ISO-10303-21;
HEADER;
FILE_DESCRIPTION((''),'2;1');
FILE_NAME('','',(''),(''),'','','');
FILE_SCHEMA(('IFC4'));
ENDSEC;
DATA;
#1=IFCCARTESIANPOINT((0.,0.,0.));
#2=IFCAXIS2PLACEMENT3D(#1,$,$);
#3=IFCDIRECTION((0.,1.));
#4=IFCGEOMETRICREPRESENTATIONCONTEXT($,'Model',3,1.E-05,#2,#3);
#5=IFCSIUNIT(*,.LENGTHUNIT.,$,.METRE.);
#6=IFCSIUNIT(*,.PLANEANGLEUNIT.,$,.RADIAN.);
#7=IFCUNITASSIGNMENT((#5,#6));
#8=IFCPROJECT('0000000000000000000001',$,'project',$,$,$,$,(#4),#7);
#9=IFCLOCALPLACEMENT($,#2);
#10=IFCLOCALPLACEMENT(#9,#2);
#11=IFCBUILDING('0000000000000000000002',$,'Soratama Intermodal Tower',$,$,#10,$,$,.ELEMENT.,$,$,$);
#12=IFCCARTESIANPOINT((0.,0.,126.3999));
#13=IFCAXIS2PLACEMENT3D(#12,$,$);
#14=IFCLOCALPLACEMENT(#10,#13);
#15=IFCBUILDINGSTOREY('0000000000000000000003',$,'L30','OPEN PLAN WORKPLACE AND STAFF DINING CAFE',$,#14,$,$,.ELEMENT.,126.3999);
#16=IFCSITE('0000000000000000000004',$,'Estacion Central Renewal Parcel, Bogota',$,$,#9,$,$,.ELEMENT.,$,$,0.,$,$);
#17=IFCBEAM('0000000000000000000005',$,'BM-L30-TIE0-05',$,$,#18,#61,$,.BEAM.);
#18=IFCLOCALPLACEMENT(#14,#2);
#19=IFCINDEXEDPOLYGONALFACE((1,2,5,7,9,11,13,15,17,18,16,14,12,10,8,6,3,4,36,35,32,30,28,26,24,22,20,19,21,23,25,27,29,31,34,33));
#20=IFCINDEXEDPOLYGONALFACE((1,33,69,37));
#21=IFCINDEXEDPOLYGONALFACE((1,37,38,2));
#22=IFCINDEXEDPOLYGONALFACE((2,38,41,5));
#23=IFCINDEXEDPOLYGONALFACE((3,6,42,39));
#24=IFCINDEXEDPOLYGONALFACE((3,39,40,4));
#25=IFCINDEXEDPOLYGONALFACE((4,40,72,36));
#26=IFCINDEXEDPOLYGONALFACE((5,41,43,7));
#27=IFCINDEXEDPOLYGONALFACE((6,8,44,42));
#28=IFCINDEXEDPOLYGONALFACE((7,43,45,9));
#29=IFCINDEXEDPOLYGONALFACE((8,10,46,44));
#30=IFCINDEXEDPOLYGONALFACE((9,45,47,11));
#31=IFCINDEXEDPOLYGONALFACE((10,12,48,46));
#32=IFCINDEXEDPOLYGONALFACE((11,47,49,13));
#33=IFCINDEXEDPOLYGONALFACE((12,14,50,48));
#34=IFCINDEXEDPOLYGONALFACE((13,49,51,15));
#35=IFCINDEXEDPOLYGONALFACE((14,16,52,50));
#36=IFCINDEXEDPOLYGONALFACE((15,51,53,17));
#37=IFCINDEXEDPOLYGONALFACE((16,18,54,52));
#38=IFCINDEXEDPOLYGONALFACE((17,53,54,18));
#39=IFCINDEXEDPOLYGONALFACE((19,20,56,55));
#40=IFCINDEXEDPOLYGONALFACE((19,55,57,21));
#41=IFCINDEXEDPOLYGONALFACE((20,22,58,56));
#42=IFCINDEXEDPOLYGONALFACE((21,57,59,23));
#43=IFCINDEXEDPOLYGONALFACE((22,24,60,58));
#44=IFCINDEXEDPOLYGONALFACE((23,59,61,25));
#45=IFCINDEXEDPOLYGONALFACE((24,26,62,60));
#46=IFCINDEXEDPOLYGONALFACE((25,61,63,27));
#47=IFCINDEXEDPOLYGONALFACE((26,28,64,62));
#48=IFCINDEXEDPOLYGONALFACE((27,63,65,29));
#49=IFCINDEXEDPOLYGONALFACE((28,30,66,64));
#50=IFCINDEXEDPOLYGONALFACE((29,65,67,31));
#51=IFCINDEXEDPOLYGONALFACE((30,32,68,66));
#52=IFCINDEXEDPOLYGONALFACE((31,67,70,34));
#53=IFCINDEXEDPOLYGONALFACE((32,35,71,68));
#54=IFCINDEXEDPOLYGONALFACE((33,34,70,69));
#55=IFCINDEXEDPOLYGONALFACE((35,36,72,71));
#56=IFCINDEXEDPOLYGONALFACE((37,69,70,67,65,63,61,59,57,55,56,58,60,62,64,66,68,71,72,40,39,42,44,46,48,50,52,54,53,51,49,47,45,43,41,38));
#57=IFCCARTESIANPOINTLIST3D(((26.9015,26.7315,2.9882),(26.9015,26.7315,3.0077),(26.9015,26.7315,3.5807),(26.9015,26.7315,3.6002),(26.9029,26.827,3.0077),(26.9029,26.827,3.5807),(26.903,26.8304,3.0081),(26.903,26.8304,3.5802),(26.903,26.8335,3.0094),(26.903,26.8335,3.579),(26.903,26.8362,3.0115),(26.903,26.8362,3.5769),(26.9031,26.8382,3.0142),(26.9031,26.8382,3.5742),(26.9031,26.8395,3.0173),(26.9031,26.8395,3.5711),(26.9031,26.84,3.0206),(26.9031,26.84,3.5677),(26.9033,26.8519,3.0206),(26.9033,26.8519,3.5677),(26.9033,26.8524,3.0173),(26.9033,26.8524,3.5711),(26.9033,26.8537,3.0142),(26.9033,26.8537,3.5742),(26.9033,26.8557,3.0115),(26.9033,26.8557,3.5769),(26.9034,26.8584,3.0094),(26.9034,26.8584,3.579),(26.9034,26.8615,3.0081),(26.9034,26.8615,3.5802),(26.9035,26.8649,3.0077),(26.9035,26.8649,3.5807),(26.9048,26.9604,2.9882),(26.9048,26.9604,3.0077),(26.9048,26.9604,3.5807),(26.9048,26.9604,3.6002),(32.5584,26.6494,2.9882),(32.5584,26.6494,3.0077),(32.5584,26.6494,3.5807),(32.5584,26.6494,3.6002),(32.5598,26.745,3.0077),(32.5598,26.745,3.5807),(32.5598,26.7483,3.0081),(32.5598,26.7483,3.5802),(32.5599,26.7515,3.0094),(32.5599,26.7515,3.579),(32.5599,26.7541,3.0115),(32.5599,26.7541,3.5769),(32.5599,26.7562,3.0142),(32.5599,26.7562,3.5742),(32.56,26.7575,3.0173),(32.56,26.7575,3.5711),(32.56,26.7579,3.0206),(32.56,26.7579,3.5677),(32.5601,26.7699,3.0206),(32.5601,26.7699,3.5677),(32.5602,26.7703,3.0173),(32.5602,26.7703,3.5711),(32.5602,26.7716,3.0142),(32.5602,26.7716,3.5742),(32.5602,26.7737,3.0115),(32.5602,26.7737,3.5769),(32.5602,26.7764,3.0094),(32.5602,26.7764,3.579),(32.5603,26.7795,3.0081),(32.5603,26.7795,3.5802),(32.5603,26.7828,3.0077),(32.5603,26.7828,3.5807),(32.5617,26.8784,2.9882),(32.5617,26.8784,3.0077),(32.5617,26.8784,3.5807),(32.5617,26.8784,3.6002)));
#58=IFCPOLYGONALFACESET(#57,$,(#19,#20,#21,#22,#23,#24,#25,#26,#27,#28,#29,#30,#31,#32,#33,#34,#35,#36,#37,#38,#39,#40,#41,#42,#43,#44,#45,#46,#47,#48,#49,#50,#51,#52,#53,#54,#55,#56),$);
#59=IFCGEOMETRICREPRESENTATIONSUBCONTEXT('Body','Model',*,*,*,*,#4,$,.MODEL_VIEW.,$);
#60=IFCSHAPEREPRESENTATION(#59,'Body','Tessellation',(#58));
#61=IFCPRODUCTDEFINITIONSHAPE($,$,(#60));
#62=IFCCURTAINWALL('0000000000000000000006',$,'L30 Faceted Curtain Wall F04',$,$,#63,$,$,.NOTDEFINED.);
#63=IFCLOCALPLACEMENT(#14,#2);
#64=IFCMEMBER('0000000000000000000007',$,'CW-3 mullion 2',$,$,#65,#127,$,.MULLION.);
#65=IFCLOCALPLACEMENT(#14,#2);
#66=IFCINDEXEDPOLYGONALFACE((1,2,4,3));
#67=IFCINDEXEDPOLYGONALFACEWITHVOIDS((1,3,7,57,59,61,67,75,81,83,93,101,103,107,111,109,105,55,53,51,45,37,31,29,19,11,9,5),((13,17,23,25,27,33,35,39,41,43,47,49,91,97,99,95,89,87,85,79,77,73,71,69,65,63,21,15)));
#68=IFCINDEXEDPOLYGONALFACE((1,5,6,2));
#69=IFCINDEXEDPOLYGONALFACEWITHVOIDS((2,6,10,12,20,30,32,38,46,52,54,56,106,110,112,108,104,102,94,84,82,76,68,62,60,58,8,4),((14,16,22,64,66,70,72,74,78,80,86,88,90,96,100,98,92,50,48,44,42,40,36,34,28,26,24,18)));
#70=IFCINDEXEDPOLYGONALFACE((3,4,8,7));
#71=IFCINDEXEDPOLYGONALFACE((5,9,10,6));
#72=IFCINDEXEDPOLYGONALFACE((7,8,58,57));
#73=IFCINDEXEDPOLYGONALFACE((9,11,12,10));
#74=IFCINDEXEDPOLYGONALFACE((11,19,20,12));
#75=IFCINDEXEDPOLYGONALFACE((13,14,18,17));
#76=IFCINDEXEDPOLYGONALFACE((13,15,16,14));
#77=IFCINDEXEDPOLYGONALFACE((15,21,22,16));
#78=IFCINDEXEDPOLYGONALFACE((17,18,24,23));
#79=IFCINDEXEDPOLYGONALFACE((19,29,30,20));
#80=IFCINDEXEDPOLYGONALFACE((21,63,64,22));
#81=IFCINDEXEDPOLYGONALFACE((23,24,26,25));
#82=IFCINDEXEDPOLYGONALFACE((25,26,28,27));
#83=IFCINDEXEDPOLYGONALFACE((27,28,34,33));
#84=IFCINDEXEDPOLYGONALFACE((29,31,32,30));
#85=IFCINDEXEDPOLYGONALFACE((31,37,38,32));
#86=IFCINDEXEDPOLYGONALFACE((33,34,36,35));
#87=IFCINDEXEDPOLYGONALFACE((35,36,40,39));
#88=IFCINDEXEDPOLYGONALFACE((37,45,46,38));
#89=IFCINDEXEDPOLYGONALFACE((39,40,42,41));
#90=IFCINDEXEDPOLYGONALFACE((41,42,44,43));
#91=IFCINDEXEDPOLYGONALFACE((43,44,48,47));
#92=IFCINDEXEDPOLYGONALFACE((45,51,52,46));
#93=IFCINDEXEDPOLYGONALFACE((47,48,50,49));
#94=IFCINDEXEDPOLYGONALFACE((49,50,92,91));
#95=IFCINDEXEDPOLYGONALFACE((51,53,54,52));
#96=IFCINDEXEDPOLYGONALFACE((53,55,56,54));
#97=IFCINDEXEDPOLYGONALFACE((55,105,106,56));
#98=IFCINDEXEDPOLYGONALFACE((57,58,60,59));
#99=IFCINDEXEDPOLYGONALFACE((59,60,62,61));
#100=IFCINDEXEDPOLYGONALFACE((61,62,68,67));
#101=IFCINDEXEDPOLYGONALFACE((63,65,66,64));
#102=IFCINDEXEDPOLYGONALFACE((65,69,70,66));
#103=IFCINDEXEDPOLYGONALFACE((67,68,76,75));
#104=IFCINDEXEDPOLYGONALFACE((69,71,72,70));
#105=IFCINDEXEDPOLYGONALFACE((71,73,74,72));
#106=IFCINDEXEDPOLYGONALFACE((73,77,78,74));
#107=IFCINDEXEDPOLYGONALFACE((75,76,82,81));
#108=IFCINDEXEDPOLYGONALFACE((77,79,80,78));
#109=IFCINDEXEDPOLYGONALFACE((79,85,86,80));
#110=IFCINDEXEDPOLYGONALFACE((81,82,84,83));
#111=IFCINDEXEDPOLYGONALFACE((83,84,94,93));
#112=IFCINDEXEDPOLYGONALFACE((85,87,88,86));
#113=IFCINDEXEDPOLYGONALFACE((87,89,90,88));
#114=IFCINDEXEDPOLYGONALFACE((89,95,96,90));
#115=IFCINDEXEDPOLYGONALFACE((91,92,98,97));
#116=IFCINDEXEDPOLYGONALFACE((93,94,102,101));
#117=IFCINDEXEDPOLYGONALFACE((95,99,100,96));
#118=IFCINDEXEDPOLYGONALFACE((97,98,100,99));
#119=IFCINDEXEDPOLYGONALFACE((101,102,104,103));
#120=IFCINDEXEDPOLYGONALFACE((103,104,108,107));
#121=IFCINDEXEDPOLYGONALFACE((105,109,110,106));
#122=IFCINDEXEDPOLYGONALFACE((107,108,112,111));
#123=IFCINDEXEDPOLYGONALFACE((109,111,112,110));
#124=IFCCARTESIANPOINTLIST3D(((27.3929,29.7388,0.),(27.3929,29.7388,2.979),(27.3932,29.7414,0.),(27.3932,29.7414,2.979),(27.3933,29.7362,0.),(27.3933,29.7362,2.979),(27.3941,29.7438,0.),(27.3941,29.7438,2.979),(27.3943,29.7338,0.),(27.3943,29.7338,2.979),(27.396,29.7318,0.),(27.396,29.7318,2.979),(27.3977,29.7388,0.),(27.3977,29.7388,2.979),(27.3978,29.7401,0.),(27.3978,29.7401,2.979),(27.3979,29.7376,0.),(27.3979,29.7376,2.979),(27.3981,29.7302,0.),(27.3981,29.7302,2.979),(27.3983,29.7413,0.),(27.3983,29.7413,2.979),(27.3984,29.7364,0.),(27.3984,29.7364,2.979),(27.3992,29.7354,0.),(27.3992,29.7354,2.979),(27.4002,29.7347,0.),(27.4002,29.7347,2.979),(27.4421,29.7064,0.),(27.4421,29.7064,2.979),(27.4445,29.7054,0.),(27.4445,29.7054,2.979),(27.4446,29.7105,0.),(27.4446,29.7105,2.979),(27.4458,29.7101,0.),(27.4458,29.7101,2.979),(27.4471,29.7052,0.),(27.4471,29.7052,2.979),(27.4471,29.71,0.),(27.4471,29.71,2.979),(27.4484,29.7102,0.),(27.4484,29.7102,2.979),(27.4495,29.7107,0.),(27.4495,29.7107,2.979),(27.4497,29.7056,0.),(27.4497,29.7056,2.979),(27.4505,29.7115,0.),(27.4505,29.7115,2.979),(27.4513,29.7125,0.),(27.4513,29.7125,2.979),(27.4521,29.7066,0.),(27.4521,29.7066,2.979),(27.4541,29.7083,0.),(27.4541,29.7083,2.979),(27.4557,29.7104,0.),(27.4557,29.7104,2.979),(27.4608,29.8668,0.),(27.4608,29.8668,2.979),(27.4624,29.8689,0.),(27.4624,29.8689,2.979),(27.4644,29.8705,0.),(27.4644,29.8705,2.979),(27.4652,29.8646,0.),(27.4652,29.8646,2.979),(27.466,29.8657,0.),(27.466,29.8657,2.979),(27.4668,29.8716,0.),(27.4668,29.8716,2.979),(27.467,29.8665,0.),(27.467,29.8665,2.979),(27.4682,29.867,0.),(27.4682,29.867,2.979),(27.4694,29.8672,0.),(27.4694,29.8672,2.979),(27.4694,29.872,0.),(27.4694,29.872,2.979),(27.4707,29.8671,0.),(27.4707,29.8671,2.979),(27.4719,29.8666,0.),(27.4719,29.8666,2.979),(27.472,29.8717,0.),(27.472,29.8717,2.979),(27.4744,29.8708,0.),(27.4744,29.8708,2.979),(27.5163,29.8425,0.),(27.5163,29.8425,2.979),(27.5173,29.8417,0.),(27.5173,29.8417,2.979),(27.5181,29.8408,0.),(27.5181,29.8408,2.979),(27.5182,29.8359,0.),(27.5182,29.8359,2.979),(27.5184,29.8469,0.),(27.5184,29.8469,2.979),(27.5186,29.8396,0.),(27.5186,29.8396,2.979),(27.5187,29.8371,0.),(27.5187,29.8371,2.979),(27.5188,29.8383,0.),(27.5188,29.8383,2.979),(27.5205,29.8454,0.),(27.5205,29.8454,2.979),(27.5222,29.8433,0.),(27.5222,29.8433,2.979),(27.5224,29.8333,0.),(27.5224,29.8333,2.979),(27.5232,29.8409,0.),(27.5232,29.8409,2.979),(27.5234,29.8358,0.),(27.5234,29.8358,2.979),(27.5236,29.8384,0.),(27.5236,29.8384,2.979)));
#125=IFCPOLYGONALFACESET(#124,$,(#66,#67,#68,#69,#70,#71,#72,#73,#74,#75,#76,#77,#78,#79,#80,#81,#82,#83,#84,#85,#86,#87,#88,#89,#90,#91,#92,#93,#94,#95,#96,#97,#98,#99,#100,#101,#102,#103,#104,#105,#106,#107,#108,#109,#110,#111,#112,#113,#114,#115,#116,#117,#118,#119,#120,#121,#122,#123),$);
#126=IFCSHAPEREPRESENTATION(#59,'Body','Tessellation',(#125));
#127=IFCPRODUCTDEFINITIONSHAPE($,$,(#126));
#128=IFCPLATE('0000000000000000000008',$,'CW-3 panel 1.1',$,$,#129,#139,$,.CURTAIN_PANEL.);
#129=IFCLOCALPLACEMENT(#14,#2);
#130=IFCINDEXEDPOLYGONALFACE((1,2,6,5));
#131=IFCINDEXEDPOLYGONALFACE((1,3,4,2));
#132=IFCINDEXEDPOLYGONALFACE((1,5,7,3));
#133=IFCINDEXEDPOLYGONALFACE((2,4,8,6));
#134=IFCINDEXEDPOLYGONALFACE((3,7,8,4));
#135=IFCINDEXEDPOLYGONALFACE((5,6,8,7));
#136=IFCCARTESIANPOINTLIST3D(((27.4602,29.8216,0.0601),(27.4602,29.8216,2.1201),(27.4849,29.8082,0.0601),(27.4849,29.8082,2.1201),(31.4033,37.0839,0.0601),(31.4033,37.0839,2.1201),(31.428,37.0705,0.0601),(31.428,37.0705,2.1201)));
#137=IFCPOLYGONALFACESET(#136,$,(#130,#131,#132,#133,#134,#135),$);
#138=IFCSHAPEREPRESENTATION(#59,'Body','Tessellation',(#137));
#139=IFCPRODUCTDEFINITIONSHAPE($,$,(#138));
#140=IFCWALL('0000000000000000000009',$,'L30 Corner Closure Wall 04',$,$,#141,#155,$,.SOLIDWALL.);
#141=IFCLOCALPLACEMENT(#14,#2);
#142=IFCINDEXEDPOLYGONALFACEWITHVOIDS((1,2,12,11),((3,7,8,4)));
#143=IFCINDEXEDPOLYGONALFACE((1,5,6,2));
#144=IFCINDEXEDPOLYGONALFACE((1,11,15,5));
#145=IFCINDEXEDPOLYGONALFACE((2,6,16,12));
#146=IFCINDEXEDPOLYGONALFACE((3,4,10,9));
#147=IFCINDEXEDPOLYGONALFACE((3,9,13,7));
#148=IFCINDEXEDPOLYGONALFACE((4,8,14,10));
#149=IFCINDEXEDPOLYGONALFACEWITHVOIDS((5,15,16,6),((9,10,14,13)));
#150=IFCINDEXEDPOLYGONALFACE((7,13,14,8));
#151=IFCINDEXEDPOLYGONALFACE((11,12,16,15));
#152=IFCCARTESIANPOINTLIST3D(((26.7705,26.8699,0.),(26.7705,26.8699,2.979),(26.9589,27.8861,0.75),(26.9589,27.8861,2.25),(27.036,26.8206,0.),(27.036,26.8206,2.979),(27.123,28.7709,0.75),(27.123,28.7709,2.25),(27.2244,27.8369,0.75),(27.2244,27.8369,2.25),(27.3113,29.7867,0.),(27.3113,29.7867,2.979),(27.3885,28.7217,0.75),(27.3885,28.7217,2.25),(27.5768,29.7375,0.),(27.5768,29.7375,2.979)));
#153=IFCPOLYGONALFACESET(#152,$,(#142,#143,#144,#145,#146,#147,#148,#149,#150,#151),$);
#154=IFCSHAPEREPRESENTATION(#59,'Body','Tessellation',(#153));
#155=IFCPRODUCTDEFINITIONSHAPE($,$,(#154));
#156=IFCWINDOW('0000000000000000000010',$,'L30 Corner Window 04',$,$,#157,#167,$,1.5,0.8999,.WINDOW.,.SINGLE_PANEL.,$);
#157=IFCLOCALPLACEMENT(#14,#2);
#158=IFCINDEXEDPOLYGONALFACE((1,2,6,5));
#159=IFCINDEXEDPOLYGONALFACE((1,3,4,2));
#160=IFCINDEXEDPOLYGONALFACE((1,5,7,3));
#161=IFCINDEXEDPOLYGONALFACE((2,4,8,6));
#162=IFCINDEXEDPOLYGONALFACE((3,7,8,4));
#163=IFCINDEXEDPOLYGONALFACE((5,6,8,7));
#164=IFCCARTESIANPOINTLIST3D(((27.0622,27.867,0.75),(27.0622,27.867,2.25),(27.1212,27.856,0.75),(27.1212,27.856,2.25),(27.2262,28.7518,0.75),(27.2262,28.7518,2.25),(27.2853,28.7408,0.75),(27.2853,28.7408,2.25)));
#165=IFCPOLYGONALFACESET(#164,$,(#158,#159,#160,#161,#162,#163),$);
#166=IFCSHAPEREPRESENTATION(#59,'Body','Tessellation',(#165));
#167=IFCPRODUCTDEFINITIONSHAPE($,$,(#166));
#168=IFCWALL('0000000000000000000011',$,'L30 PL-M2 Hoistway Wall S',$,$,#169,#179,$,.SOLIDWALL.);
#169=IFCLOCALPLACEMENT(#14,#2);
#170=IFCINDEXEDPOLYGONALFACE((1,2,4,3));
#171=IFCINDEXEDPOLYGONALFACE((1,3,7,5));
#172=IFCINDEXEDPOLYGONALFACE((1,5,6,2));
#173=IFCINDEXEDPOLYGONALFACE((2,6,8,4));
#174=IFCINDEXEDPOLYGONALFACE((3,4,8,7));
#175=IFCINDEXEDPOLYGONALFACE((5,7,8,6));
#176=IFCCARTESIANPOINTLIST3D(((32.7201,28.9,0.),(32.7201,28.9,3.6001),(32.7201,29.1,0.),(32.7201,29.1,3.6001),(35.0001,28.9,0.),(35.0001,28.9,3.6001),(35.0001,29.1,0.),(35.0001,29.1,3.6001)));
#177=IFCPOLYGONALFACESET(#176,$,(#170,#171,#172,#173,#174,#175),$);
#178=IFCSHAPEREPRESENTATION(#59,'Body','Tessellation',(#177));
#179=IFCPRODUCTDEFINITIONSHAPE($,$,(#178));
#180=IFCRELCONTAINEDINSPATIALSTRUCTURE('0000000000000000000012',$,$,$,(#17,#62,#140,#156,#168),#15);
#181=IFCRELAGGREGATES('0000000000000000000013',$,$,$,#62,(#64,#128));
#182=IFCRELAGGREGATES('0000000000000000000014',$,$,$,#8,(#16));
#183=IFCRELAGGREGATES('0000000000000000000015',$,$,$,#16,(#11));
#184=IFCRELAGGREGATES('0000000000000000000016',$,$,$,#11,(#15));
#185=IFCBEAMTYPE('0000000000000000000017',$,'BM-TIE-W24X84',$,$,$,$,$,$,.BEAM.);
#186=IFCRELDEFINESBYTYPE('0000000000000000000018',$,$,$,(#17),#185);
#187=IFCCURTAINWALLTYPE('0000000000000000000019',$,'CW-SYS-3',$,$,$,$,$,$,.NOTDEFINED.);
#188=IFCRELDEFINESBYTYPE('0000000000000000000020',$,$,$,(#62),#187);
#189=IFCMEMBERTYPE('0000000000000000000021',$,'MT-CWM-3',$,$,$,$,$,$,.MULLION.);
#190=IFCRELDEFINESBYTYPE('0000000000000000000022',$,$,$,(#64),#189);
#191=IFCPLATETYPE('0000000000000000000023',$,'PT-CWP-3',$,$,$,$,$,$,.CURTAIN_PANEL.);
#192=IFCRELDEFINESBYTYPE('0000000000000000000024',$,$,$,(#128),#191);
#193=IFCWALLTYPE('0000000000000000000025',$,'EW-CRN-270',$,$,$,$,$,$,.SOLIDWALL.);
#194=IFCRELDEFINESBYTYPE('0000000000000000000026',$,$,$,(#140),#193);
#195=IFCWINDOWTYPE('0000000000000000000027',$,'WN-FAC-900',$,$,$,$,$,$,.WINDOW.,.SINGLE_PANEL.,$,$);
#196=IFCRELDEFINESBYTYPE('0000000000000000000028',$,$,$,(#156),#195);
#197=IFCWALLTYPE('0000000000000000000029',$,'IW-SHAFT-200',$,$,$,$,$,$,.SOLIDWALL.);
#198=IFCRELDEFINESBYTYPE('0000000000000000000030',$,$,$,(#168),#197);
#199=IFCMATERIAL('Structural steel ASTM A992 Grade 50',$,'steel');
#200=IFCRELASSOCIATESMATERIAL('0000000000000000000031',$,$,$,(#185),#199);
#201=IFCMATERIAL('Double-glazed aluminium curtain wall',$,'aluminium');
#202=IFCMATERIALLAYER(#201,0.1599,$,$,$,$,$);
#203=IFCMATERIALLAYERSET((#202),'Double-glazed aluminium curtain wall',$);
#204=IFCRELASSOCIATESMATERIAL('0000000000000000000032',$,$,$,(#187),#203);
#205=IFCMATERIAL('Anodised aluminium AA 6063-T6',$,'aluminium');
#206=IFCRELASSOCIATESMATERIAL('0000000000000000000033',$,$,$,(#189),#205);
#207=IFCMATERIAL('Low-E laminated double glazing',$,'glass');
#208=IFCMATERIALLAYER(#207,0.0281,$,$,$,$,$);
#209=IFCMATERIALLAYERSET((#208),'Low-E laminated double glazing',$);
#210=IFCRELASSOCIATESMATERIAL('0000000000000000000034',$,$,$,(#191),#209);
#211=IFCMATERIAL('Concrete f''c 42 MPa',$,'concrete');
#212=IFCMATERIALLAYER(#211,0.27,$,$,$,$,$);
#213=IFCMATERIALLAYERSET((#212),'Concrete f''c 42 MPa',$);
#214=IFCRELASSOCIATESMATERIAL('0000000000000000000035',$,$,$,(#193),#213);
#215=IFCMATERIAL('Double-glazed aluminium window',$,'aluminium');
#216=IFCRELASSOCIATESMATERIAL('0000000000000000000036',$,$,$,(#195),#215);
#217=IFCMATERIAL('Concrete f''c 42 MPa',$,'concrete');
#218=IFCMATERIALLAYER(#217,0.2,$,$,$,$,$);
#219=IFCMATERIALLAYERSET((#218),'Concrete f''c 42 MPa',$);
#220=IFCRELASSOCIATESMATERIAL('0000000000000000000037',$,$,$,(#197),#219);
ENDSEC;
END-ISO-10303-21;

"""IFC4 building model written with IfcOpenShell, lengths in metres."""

from ifc_helpers import new_model, si_unit, direction, frame, frame_2d, origin, origin_2d, place, context, subcontext, project, spatial, rectangle, hollow_rectangle, i_section, extrude, material, layer, layer_set, material_profile, profile_set, type_object, element, fill, aggregate, save


model = new_model("IFC4")

# Units and contexts
model_context = context("Model", 3, precision=1e-05, world=origin(), true_north=direction((0.0, 1.0)))
body_context = subcontext(model_context, "Body", "Model", "MODEL_VIEW")
ifc_project = project(units=[si_unit("LENGTHUNIT", "METRE"), si_unit("PLANEANGLEUNIT", "RADIAN")], contexts=[model_context])

# Site, building, storey
site_placement = place(None, origin())
site = spatial("IfcSite", under=ifc_project, at=site_placement, Name="Estacion Central Renewal Parcel, Bogota", CompositionType="ELEMENT", RefElevation=0.0)
building_placement = place(site_placement, origin())
building = spatial("IfcBuilding", under=site, at=building_placement, Name="Soratama Intermodal Tower", CompositionType="ELEMENT")
storey_placement = place(building_placement, frame((0.0, 0.0, 126.3999)))
storey = spatial("IfcBuildingStorey", under=building, at=storey_placement, Name="L30", Description="OPEN PLAN WORKPLACE AND STAFF DINING CAFE", CompositionType="ELEMENT", Elevation=126.3999)

# Beam
ifc_material_1 = material(Name="Structural steel ASTM A992 Grade 50", Category="steel")
ifc_material_profile_1 = material_profile(ifc_material_1, i_section(OverallWidth=0.229, OverallDepth=0.6121, WebThickness=0.012, FlangeThickness=0.0195, FilletRadius=0.0129, at=origin_2d()), Name="W24X84")
ifc_profile_set_1 = profile_set([ifc_material_profile_1], Name="Structural steel ASTM A992 Grade 50")
beam_type_1 = type_object("IfcBeamType", Name="BM-TIE-W24X84", PredefinedType="BEAM", material=ifc_profile_set_1)
beam_1_placement = place(storey_placement, frame((32.5601, 26.7639, 3.2942), z_axis=(-0.999895, 0.014499, 0.0), x_axis=(-0.014499, -0.999895, 0.0)))
element("IfcBeam", 1, at=beam_1_placement, inside=storey, type_object=beam_type_1, Name="BM-L30-TIE0-05", PredefinedType="BEAM", context=body_context, shape_type="SweptSolid", body=[
    extrude(i_section(OverallWidth=0.229, OverallDepth=0.6121, WebThickness=0.012, FlangeThickness=0.0195, FilletRadius=0.0129, at=origin_2d()), origin(), (0.0, 0.0, 1.0), 5.6575),
])

# Curtain wall, member, plate
ifc_material_2 = material(Name="Double-glazed aluminium curtain wall", Category="aluminium")
ifc_layer_1 = layer(ifc_material_2, 0.1599)
ifc_layer_set_1 = layer_set([ifc_layer_1], Name="Double-glazed aluminium curtain wall")
curtain_wall_type = type_object("IfcCurtainWallType", Name="CW-SYS-3", PredefinedType="NOTDEFINED", material=ifc_layer_set_1)
curtain_wall_placement = place(storey_placement, origin())
curtain_wall = element("IfcCurtainWall", 2, at=curtain_wall_placement, inside=storey, type_object=curtain_wall_type, Name="L30 Faceted Curtain Wall F04", PredefinedType="NOTDEFINED")
ifc_material_3 = material(Name="Anodised aluminium AA 6063-T6", Category="aluminium")
ifc_material_profile_2 = material_profile(ifc_material_3, hollow_rectangle(XDim=0.0701, YDim=0.1599, WallThickness=0.0049, InnerFilletRadius=0.0049, OuterFilletRadius=0.01, at=origin_2d()), Name="CWM160X70X5")
ifc_profile_set_2 = profile_set([ifc_material_profile_2], Name="Anodised aluminium AA 6063-T6")
member_type = type_object("IfcMemberType", Name="MT-CWM-3", PredefinedType="MULLION", material=ifc_profile_set_2)
member_placement = place(storey_placement, frame((27.4583, 29.7886, 0.0), z_axis=(0.0, 0.0, 1.0), x_axis=(0.878816, -0.477161, 0.0)))
member = element("IfcMember", 3, at=member_placement, type_object=member_type, Name="CW-3 mullion 2", PredefinedType="MULLION", context=body_context, shape_type="SweptSolid", body=[
    extrude(hollow_rectangle(XDim=0.0701, YDim=0.1599, WallThickness=0.0049, InnerFilletRadius=0.0049, OuterFilletRadius=0.01, at=origin_2d()), origin(), (0.0, 0.0, 1.0), 2.979),
])
ifc_material_4 = material(Name="Low-E laminated double glazing", Category="glass")
ifc_layer_2 = layer(ifc_material_4, 0.0281)
ifc_layer_set_2 = layer_set([ifc_layer_2], Name="Low-E laminated double glazing")
plate_type = type_object("IfcPlateType", Name="PT-CWP-3", PredefinedType="CURTAIN_PANEL", material=ifc_layer_set_2)
plate_placement = place(storey_placement, frame((29.4441, 33.446, 0.0601), z_axis=(0.0, 0.0, 1.0), x_axis=(-0.477161, -0.878816, 0.0)))
plate = element("IfcPlate", 4, at=plate_placement, type_object=plate_type, Name="CW-3 panel 1.1", PredefinedType="CURTAIN_PANEL", context=body_context, shape_type="SweptSolid", body=[
    extrude(rectangle(XDim=8.2637, YDim=0.0281, at=origin_2d()), origin(), (0.0, 0.0, 1.0), 2.0601),
])
aggregate(curtain_wall, [member, plate])

# Wall, opening, window
ifc_material_5 = material(Name="Concrete f'c 42 MPa", Category="concrete")
ifc_layer_3 = layer(ifc_material_5, 0.27)
ifc_layer_set_3 = layer_set([ifc_layer_3], Name="Concrete f'c 42 MPa")
wall_type_1 = type_object("IfcWallType", Name="EW-CRN-270", PredefinedType="SOLIDWALL", material=ifc_layer_set_3)
wall_1_placement = place(storey_placement, frame((27.4441, 29.7622, 0.0), z_axis=(0.0, 0.0, 1.0), x_axis=(-0.182296, -0.983244, 0.0)))
wall_1 = element("IfcWall", 5, at=wall_1_placement, inside=storey, type_object=wall_type_1, Name="L30 Corner Closure Wall 04", PredefinedType="SOLIDWALL", context=body_context, shape_type="SweptSolid", body=[
    extrude(rectangle(XDim=2.9666, YDim=0.27, at=frame_2d((1.4834, 0.0))), origin(), (0.0, 0.0, 1.0), 2.979),
])
opening_1_placement = place(wall_1_placement, frame((1.0332, 0.0, 0.75)))
opening_1 = element("IfcOpeningElement", 6, at=opening_1_placement, cuts=wall_1, PredefinedType="OPENING", context=body_context, shape_type="SweptSolid", body=[
    extrude(rectangle(XDim=0.8999, YDim=1.5, at=frame_2d((0.45, 0.75))), frame((0.0, 0.145, 0.0), z_axis=(0.0, -1.0, 0.0), x_axis=(1.0, 0.0, 0.0)), (0.0, 0.0, 1.0), 0.29),
])
ifc_material_6 = material(Name="Double-glazed aluminium window", Category="aluminium")
window_type_1 = type_object("IfcWindowType", Name="WN-FAC-900", PartitioningType="SINGLE_PANEL", PredefinedType="WINDOW", material=ifc_material_6)
window_1_placement = place(opening_1_placement, origin())
window_1 = element("IfcWindow", 7, at=window_1_placement, inside=storey, type_object=window_type_1, Name="L30 Corner Window 04", OverallHeight=1.5, OverallWidth=0.8999, PartitioningType="SINGLE_PANEL", PredefinedType="WINDOW", context=body_context, shape_type="SweptSolid", body=[
    extrude(rectangle(XDim=0.8999, YDim=1.5, at=frame_2d((0.45, 0.75))), frame((0.0, 0.03, 0.0), z_axis=(0.0, -1.0, 0.0), x_axis=(1.0, 0.0, 0.0)), (0.0, 0.0, 1.0), 0.0601),
])
fill(opening_1, window_1)

# Shared definitions
ifc_material_7 = material(Name="Concrete f'c 42 MPa", Category="concrete")
ifc_layer_4 = layer(ifc_material_7, 0.2)
ifc_layer_set_4 = layer_set([ifc_layer_4], Name="Concrete f'c 42 MPa")
wall_type_2 = type_object("IfcWallType", Name="IW-SHAFT-200", PredefinedType="SOLIDWALL", material=ifc_layer_set_4)

# Wall
wall_2_placement = place(storey_placement, frame((32.72, 29.0, 0.0), z_axis=(0.0, 0.0, 1.0), x_axis=(1.0, 0.0, 0.0)))
element("IfcWall", 8, at=wall_2_placement, inside=storey, type_object=wall_type_2, Name="L30 PL-M2 Hoistway Wall S", PredefinedType="SOLIDWALL", context=body_context, shape_type="SweptSolid", body=[
    extrude(rectangle(XDim=2.28, YDim=0.2, at=frame_2d((1.1401, 0.0))), origin(), (0.0, 0.0, 1.0), 3.6001),
])

save(model, "model.ifc")
